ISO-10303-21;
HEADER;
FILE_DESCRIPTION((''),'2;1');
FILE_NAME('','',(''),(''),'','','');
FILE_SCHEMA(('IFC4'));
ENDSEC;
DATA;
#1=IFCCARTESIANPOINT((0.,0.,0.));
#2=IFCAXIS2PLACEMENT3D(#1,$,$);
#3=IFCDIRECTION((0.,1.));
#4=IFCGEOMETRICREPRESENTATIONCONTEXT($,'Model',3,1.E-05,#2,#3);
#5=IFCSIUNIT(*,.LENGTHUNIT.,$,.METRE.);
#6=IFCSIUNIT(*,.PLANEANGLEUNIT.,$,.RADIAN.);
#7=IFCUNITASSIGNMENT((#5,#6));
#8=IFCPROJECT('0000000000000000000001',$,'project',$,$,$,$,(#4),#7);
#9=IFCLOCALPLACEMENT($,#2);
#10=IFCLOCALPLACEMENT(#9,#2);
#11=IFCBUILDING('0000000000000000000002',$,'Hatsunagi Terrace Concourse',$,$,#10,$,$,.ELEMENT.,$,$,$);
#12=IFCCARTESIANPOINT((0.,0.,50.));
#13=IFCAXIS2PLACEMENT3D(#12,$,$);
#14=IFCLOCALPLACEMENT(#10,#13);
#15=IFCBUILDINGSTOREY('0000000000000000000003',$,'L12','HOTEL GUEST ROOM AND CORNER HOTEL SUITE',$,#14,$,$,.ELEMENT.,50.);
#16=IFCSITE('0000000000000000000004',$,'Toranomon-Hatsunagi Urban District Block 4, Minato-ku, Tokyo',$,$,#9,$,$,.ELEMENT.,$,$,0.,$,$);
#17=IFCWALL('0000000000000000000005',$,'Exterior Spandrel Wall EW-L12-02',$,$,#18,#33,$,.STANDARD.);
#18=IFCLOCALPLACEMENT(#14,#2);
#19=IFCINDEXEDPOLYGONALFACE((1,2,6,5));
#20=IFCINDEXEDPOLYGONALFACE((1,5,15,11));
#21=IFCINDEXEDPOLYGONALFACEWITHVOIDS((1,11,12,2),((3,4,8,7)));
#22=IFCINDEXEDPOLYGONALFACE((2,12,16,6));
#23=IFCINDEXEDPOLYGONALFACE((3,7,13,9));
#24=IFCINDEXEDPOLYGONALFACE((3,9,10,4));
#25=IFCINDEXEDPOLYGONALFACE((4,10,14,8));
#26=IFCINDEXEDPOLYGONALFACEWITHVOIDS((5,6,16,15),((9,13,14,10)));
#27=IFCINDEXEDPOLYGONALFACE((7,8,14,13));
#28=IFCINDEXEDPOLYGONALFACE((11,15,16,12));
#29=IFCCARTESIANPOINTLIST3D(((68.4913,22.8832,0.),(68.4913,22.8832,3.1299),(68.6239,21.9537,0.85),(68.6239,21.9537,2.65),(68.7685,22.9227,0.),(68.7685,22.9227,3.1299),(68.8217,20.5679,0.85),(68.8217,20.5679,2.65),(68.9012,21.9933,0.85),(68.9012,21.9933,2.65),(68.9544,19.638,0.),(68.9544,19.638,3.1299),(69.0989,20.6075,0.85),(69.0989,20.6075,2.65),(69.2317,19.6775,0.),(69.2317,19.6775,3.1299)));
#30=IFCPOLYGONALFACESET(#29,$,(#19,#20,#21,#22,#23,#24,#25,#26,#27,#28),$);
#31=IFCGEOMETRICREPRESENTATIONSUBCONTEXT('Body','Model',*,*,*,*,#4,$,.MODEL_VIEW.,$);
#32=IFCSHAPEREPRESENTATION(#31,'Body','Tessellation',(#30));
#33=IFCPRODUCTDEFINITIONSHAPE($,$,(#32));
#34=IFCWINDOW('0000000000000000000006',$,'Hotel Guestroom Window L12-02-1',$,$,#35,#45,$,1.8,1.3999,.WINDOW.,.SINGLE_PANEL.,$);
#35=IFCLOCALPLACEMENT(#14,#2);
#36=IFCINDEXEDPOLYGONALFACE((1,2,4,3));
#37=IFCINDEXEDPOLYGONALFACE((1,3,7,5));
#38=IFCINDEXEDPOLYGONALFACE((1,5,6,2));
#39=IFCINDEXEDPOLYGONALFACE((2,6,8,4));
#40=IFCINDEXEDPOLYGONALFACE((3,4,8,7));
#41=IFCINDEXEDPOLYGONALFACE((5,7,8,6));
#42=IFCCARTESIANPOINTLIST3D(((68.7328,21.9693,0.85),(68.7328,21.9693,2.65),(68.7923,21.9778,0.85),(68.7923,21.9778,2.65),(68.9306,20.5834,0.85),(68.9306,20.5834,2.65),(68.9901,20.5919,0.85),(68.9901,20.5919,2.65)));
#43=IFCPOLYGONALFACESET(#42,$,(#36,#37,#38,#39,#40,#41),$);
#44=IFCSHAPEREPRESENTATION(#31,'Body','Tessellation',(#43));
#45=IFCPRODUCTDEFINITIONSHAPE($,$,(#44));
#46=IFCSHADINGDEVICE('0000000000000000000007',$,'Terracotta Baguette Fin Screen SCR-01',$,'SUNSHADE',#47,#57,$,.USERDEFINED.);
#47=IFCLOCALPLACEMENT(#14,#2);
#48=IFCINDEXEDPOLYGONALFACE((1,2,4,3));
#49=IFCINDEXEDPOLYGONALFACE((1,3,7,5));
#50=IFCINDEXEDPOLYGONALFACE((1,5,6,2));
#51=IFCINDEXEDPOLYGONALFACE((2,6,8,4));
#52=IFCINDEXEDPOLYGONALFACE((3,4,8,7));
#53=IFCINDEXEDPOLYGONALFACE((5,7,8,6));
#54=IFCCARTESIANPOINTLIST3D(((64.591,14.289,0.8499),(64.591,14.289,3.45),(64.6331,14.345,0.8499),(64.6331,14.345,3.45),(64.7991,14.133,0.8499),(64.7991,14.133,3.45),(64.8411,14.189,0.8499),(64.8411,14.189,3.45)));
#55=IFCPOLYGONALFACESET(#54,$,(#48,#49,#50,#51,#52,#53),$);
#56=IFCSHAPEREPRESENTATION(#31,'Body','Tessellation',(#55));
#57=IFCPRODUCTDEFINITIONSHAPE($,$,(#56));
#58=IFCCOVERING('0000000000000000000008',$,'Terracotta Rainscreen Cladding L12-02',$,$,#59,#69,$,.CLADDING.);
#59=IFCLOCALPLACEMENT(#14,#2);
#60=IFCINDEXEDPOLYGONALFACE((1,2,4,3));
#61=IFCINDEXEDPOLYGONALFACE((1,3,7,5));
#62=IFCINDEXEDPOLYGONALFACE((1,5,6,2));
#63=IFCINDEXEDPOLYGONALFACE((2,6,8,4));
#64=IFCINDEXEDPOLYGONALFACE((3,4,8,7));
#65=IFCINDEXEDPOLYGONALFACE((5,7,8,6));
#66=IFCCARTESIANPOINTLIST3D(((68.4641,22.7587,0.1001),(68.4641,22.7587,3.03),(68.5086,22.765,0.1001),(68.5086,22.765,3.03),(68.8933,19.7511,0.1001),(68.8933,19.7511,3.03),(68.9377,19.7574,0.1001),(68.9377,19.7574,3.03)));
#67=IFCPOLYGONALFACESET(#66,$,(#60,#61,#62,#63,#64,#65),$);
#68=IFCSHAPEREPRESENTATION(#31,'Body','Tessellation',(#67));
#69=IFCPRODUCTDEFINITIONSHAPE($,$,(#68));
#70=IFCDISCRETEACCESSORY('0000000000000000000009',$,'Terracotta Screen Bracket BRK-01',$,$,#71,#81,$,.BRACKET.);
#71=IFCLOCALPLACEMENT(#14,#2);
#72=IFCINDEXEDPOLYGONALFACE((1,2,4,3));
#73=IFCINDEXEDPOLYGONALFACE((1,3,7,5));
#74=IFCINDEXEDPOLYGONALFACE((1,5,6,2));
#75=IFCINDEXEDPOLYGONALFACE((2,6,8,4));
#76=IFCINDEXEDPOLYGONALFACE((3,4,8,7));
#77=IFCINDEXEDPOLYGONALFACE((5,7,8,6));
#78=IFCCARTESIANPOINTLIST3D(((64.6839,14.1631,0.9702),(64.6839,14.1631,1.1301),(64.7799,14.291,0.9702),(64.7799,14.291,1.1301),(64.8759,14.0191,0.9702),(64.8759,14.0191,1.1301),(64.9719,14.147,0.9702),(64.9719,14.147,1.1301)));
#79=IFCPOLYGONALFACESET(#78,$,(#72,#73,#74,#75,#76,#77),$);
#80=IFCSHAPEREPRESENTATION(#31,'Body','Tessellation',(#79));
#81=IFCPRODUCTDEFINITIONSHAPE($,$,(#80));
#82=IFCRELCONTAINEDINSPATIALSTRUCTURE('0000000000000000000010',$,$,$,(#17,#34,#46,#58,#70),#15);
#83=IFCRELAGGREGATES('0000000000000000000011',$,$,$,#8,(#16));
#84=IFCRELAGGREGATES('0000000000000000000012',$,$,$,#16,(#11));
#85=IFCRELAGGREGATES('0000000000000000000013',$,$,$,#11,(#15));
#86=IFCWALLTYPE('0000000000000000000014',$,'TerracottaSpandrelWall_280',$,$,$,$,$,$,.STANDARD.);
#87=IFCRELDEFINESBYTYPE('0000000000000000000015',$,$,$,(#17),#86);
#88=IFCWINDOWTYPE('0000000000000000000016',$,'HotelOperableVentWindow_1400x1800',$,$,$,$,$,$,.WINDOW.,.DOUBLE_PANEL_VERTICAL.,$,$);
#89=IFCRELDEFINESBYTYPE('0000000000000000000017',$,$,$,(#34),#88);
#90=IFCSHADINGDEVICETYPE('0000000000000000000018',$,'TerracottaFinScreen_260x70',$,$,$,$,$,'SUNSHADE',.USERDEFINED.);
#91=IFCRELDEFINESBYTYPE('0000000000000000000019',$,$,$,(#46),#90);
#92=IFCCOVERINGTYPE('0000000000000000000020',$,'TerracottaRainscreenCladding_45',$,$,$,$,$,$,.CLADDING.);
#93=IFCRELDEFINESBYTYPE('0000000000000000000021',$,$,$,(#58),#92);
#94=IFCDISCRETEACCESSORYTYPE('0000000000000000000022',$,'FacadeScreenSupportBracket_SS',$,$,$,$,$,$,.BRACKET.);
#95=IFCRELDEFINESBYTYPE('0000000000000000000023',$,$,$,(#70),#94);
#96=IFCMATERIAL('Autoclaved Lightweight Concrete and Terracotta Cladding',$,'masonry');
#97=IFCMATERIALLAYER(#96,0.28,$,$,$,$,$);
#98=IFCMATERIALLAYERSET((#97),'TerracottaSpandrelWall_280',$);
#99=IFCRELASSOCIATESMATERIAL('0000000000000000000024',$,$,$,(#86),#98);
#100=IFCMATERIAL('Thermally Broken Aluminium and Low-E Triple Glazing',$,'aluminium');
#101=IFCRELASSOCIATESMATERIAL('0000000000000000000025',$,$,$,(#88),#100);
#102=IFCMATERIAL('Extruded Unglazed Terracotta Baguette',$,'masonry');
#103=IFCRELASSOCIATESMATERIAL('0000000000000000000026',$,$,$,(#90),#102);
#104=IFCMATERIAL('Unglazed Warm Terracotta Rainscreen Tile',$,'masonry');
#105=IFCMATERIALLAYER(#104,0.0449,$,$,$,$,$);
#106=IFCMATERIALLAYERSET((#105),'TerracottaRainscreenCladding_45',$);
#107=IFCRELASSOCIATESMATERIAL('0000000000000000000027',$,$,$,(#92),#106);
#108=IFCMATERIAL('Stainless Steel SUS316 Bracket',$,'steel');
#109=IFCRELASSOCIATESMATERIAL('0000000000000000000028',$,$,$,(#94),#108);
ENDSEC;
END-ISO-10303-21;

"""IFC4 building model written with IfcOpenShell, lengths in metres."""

from ifc_helpers import new_model, si_unit, direction, frame, frame_2d, origin, origin_2d, place, context, subcontext, project, spatial, rectangle, extrude, material, layer, layer_set, type_object, element, fill, save


model = new_model("IFC4")

# Units and contexts
model_context = context("Model", 3, precision=1e-05, world=origin(), true_north=direction((0.0, 1.0)))
body_context = subcontext(model_context, "Body", "Model", "MODEL_VIEW")
ifc_project = project(units=[si_unit("LENGTHUNIT", "METRE"), si_unit("PLANEANGLEUNIT", "RADIAN")], contexts=[model_context])

# Site, building, storey
site_placement = place(None, origin())
site = spatial("IfcSite", under=ifc_project, at=site_placement, Name="Toranomon-Hatsunagi Urban District Block 4, Minato-ku, Tokyo", CompositionType="ELEMENT", RefElevation=0.0)
building_placement = place(site_placement, origin())
building = spatial("IfcBuilding", under=site, at=building_placement, Name="Hatsunagi Terrace Concourse", CompositionType="ELEMENT")
storey_placement = place(building_placement, frame((0.0, 0.0, 50.0)))
storey = spatial("IfcBuildingStorey", under=building, at=storey_placement, Name="L12", Description="HOTEL GUEST ROOM AND CORNER HOTEL SUITE", CompositionType="ELEMENT", Elevation=50.0)

# Wall, opening, window
ifc_material_1 = material(Name="Autoclaved Lightweight Concrete and Terracotta Cladding", Category="masonry")
ifc_layer_1 = layer(ifc_material_1, 0.28)
ifc_layer_set_1 = layer_set([ifc_layer_1], Name="TerracottaSpandrelWall_280")
wall_type_1 = type_object("IfcWallType", Name="TerracottaSpandrelWall_280", PredefinedType="STANDARD", material=ifc_layer_set_1)
wall_1_placement = place(storey_placement, frame((68.6299, 22.9031, 0.0), z_axis=(0.0, 0.0, 1.0), x_axis=(0.141286, -0.989969, 0.0)))
wall_1 = element("IfcWall", 1, at=wall_1_placement, inside=storey, type_object=wall_type_1, Name="Exterior Spandrel Wall EW-L12-02", PredefinedType="STANDARD", context=body_context, shape_type="SweptSolid", body=[
    extrude(rectangle(XDim=3.2781, YDim=0.28, at=frame_2d((1.6392, 0.0))), origin(), (0.0, 0.0, 1.0), 3.1299),
])
opening_1_placement = place(wall_1_placement, frame((0.939, 0.0, 0.8501)))
opening_1 = element("IfcOpeningElement", 2, at=opening_1_placement, cuts=wall_1, PredefinedType="OPENING", context=body_context, shape_type="SweptSolid", body=[
    extrude(rectangle(XDim=1.3999, YDim=1.8, at=frame_2d((0.7, 0.8999))), frame((0.0, 0.1499, 0.0), z_axis=(0.0, -1.0, 0.0), x_axis=(1.0, 0.0, 0.0)), (0.0, 0.0, 1.0), 0.3),
])
ifc_material_2 = material(Name="Thermally Broken Aluminium and Low-E Triple Glazing", Category="aluminium")
window_type = type_object("IfcWindowType", Name="HotelOperableVentWindow_1400x1800", PartitioningType="DOUBLE_PANEL_VERTICAL", PredefinedType="WINDOW", material=ifc_material_2)
window_placement = place(opening_1_placement, origin())
window = element("IfcWindow", 3, at=window_placement, inside=storey, type_object=window_type, Name="Hotel Guestroom Window L12-02-1", OverallHeight=1.8, OverallWidth=1.3999, PartitioningType="SINGLE_PANEL", PredefinedType="WINDOW", context=body_context, shape_type="SweptSolid", body=[
    extrude(rectangle(XDim=1.3999, YDim=1.8, at=frame_2d((0.7, 0.8999))), frame((0.0, 0.03, 0.0), z_axis=(0.0, -1.0, 0.0), x_axis=(1.0, 0.0, 0.0)), (0.0, 0.0, 1.0), 0.0601),
])
fill(opening_1, window)

# Shading device
ifc_material_3 = material(Name="Extruded Unglazed Terracotta Baguette", Category="masonry")
shading_device_type = type_object("IfcShadingDeviceType", Name="TerracottaFinScreen_260x70", ElementType="SUNSHADE", PredefinedType="USERDEFINED", material=ifc_material_3)
shading_device_placement = place(storey_placement, frame((64.7161, 14.239, 0.8499), z_axis=(0.0, 0.0, 1.0), x_axis=(-0.599969, -0.800023, 0.0)))
element("IfcShadingDevice", 4, at=shading_device_placement, inside=storey, type_object=shading_device_type, Name="Terracotta Baguette Fin Screen SCR-01", ObjectType="SUNSHADE", PredefinedType="USERDEFINED", context=body_context, shape_type="SweptSolid", body=[
    extrude(rectangle(XDim=0.0701, YDim=0.26, at=origin_2d()), origin(), (0.0, 0.0, 1.0), 2.6001),
])

# Covering
ifc_material_4 = material(Name="Unglazed Warm Terracotta Rainscreen Tile", Category="masonry")
ifc_layer_2 = layer(ifc_material_4, 0.0449)
ifc_layer_set_2 = layer_set([ifc_layer_2], Name="TerracottaRainscreenCladding_45")
covering_type = type_object("IfcCoveringType", Name="TerracottaRainscreenCladding_45", PredefinedType="CLADDING", material=ifc_layer_set_2)
covering_placement = place(storey_placement, frame((68.7009, 21.2581, 0.1001), z_axis=(0.0, 0.0, 1.0), x_axis=(0.14125, -0.989974, 0.0)))
element("IfcCovering", 5, at=covering_placement, inside=storey, type_object=covering_type, Name="Terracotta Rainscreen Cladding L12-02", PredefinedType="CLADDING", context=body_context, shape_type="SweptSolid", body=[
    extrude(rectangle(XDim=3.0381, YDim=0.0449, at=origin_2d()), origin(), (0.0, 0.0, 1.0), 2.9299),
])

# Discrete accessory
ifc_material_5 = material(Name="Stainless Steel SUS316 Bracket", Category="steel")
discrete_accessory_type = type_object("IfcDiscreteAccessoryType", Name="FacadeScreenSupportBracket_SS", PredefinedType="BRACKET", material=ifc_material_5)
discrete_accessory_placement = place(storey_placement, frame((64.8279, 14.155, 0.9702), z_axis=(0.0, 0.0, 1.0), x_axis=(-0.599969, -0.800023, 0.0)))
element("IfcDiscreteAccessory", 6, at=discrete_accessory_placement, inside=storey, type_object=discrete_accessory_type, Name="Terracotta Screen Bracket BRK-01", PredefinedType="BRACKET", context=body_context, shape_type="SweptSolid", body=[
    extrude(rectangle(XDim=0.1599, YDim=0.24, at=origin_2d()), origin(), (0.0, 0.0, 1.0), 0.1599),
])

save(model, "model.ifc")
